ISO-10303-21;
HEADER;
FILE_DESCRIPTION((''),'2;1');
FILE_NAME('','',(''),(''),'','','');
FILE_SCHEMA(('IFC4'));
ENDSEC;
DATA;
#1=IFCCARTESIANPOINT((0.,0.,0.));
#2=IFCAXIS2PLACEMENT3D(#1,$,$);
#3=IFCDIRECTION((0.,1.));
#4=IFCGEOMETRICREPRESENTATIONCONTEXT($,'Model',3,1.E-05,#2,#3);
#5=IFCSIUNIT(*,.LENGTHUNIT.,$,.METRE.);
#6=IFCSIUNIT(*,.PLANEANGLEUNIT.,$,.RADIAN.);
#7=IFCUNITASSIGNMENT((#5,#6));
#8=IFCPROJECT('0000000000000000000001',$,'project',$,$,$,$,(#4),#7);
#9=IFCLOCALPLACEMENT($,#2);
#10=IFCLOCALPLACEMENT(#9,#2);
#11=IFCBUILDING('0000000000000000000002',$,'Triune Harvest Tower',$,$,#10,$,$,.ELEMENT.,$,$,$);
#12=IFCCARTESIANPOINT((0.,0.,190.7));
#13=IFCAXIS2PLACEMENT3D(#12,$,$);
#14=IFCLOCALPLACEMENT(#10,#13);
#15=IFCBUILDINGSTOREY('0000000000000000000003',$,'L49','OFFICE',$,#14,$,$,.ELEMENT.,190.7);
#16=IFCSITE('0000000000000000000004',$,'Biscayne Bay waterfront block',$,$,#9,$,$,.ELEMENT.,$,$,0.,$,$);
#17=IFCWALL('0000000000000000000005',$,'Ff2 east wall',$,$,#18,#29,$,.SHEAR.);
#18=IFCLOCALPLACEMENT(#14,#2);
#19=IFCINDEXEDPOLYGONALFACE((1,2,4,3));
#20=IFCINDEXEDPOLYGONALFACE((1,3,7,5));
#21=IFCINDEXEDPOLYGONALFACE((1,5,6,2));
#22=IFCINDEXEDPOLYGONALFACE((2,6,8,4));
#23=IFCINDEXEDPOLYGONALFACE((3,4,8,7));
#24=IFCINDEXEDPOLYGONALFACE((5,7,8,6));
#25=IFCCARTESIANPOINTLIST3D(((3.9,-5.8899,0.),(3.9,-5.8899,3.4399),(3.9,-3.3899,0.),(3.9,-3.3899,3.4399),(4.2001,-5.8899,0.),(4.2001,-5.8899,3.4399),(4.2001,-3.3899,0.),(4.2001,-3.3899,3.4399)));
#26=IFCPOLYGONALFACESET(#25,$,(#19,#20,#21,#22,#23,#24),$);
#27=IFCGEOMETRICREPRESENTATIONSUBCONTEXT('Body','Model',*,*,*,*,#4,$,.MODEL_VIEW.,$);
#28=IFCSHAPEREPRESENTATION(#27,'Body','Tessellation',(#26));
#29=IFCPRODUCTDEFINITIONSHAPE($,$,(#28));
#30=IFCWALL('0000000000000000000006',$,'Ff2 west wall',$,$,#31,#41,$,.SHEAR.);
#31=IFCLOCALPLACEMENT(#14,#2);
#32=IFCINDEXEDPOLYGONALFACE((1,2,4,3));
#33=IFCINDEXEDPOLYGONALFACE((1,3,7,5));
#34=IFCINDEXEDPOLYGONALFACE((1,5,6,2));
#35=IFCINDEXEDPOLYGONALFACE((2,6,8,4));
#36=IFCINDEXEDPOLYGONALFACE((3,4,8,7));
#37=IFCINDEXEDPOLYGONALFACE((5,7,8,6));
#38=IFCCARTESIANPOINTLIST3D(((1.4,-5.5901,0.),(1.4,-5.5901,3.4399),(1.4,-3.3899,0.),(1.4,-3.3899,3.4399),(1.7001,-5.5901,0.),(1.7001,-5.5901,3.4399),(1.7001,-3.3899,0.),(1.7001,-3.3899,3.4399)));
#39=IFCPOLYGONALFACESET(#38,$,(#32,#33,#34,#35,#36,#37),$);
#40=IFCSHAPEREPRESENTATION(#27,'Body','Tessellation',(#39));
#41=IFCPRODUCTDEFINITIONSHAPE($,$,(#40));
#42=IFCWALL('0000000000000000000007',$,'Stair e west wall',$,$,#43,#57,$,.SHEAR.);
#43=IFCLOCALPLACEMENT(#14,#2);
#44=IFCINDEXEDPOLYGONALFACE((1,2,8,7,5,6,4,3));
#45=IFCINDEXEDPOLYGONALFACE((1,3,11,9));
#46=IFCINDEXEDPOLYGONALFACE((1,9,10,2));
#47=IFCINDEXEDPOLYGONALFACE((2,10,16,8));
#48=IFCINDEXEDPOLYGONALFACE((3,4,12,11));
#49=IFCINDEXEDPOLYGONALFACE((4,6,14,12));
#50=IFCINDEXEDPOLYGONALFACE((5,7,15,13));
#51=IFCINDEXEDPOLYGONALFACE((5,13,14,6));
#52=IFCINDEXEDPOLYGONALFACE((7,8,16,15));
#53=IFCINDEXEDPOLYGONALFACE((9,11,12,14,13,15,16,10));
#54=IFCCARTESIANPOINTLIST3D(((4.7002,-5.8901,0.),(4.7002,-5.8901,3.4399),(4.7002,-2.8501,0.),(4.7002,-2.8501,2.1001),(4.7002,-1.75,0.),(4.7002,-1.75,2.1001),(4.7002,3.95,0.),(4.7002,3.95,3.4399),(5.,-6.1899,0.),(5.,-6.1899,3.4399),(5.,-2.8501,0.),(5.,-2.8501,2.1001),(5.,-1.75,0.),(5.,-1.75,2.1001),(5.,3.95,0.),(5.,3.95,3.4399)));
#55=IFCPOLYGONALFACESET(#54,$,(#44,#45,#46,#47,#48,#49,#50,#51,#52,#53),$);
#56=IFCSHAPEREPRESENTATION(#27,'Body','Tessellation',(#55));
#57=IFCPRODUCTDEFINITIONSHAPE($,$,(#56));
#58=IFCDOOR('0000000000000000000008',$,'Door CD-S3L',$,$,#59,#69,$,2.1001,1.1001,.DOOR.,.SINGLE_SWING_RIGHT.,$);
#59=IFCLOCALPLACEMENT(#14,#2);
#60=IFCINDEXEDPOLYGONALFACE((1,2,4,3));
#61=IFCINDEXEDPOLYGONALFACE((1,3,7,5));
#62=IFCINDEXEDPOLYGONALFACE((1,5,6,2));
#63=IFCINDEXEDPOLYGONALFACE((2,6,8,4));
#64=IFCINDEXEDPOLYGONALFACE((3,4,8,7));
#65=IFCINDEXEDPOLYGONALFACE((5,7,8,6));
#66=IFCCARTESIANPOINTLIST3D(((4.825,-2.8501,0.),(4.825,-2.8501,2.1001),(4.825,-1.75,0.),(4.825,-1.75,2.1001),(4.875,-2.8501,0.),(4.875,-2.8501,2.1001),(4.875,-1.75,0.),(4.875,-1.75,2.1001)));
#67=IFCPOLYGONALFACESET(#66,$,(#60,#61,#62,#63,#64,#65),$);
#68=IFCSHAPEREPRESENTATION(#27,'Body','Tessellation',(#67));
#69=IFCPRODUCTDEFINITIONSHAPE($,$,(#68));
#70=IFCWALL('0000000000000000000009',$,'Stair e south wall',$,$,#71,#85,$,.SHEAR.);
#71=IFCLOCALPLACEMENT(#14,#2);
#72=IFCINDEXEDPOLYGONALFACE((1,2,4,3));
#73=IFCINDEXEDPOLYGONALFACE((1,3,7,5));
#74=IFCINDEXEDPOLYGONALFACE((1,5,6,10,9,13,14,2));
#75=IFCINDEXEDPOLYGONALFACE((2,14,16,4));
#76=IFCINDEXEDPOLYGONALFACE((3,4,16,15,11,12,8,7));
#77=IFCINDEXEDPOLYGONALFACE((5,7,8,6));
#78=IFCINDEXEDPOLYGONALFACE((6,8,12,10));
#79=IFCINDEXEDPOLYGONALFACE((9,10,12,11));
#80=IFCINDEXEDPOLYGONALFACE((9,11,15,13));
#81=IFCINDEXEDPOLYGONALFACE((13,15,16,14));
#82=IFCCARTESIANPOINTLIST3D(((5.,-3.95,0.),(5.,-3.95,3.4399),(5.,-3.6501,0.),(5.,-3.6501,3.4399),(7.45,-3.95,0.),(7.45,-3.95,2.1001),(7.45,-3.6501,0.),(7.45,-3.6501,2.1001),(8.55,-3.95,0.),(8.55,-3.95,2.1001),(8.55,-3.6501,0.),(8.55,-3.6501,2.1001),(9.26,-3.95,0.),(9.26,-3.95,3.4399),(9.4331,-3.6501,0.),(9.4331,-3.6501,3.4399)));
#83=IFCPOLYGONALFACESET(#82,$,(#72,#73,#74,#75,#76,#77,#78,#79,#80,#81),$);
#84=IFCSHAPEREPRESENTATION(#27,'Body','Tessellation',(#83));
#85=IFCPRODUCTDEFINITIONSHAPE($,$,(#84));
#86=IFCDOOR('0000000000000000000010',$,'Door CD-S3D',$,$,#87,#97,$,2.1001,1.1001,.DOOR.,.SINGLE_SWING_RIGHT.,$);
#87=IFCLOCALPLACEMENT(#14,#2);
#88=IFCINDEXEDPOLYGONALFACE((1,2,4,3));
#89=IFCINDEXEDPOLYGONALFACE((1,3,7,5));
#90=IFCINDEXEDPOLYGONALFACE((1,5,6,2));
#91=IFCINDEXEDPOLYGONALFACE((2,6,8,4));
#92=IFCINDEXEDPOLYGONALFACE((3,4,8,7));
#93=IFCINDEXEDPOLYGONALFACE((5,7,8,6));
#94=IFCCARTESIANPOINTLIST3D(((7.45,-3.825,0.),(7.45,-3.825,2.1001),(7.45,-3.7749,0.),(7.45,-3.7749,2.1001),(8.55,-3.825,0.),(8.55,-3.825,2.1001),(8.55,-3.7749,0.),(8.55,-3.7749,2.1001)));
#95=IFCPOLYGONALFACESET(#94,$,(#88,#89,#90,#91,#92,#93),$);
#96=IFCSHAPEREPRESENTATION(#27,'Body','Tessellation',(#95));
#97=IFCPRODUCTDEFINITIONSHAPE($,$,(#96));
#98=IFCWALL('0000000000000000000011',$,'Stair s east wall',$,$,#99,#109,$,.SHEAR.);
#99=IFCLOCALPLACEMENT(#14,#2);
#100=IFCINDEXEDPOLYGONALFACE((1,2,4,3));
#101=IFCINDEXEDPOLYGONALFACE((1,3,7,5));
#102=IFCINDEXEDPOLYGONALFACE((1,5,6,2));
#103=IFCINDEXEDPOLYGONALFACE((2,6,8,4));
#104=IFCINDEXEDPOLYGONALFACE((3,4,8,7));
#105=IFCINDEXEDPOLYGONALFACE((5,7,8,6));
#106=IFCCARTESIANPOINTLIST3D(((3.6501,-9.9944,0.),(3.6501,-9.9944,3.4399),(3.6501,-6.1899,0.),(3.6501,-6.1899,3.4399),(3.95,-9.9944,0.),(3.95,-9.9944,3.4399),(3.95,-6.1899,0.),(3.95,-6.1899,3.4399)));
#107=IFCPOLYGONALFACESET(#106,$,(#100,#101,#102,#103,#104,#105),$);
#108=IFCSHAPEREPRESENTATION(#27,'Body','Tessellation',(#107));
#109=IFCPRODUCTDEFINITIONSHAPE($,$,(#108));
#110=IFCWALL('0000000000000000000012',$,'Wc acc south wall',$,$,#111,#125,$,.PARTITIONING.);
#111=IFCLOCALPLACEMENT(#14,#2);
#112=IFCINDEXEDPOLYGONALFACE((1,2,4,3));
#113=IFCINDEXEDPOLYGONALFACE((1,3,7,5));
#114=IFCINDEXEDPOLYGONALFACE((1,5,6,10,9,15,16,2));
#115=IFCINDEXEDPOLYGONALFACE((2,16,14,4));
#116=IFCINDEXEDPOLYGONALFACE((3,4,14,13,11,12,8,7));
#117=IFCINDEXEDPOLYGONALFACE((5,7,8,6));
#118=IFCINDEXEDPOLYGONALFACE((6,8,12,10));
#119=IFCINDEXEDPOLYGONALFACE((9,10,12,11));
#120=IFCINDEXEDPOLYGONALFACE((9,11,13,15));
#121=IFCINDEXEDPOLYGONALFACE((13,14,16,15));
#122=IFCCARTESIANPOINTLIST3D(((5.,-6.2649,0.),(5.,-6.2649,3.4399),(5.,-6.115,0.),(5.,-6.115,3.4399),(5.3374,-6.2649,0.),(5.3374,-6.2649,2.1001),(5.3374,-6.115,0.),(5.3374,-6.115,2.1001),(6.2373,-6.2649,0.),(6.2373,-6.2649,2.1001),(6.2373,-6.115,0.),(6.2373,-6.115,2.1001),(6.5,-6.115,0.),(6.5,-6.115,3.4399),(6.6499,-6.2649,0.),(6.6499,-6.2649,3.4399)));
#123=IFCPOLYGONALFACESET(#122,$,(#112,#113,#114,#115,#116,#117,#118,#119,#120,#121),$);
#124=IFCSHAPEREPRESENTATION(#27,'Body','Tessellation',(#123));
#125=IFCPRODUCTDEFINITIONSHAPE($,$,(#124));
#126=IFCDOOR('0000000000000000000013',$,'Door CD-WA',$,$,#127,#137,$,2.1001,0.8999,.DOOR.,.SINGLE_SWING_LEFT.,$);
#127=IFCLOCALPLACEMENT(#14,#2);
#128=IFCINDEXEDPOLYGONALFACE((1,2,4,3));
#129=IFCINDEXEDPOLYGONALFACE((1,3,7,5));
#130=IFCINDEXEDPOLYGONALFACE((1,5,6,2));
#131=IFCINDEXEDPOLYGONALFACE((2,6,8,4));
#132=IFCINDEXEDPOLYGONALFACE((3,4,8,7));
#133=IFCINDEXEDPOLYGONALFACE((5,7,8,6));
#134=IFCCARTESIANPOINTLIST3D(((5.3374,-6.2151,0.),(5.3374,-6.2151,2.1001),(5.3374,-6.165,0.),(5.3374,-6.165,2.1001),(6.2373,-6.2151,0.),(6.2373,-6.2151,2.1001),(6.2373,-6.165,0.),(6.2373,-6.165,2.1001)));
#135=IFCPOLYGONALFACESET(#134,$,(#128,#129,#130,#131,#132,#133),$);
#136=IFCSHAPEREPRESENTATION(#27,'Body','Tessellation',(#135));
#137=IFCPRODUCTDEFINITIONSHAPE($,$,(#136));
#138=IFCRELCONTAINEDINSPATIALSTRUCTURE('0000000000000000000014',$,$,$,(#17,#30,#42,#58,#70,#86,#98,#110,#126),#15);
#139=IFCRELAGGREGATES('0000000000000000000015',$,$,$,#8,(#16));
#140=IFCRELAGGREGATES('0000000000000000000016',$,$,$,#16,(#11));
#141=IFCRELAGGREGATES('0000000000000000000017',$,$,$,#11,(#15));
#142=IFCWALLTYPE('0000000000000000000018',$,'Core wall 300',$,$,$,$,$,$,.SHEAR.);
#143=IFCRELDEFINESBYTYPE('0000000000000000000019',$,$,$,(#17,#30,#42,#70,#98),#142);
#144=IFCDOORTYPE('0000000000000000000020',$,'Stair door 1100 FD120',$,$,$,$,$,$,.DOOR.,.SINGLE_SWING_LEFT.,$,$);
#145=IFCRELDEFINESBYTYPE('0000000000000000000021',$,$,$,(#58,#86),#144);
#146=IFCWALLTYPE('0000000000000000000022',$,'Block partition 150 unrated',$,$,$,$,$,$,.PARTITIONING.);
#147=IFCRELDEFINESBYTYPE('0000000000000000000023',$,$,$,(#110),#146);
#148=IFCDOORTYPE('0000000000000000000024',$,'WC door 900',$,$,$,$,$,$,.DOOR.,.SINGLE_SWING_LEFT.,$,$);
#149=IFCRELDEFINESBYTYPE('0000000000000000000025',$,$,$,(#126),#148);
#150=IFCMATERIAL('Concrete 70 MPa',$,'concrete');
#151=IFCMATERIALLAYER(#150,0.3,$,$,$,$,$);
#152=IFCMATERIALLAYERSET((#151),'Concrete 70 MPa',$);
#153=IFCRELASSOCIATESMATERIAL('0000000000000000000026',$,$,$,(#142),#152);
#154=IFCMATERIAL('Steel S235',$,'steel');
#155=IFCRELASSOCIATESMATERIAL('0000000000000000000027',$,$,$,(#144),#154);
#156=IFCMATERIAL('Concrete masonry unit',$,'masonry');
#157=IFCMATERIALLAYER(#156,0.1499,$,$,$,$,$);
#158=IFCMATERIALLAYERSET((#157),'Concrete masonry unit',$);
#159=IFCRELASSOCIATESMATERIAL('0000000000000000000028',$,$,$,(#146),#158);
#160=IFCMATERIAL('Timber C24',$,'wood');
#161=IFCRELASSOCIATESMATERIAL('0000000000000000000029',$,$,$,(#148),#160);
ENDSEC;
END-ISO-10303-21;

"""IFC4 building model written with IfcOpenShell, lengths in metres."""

from ifc_helpers import new_model, si_unit, direction, frame, frame_2d, origin, place, context, subcontext, project, spatial, polyline, rectangle, outline, extrude, source, transform, mapped, material, layer, layer_set, type_object, element, fill, save


model = new_model("IFC4")

# Units and contexts
model_context = context("Model", 3, precision=1e-05, world=origin(), true_north=direction((0.0, 1.0)))
body_context = subcontext(model_context, "Body", "Model", "MODEL_VIEW")
ifc_project = project(units=[si_unit("LENGTHUNIT", "METRE"), si_unit("PLANEANGLEUNIT", "RADIAN")], contexts=[model_context])

# Site, building, storey
site_placement = place(None, origin())
site = spatial("IfcSite", under=ifc_project, at=site_placement, Name="Biscayne Bay waterfront block", CompositionType="ELEMENT", RefElevation=0.0)
building_placement = place(site_placement, origin())
building = spatial("IfcBuilding", under=site, at=building_placement, Name="Triune Harvest Tower", CompositionType="ELEMENT")
storey_placement = place(building_placement, frame((0.0, 0.0, 190.7)))
storey = spatial("IfcBuildingStorey", under=building, at=storey_placement, Name="L49", Description="OFFICE", CompositionType="ELEMENT", Elevation=190.7)

# Walls
ifc_material_1 = material(Name="Concrete 70 MPa", Category="concrete")
ifc_layer_1 = layer(ifc_material_1, 0.3)
ifc_layer_set_1 = layer_set([ifc_layer_1], Name="Concrete 70 MPa")
wall_type_1 = type_object("IfcWallType", Name="Core wall 300", PredefinedType="SHEAR", material=ifc_layer_set_1)
shared_shape_1 = source(origin(), body_context, "Body", "SweptSolid", [
    extrude(rectangle(XDim=2.5, YDim=0.3, at=frame_2d((1.25, 0.0))), origin(), (0.0, 0.0, 1.0), 3.4399),
])
wall_1_placement = place(storey_placement, frame((4.05, -5.8899, 0.0), z_axis=(0.0, 0.0, 1.0), x_axis=(0.0, 1.0, 0.0)))
element("IfcWall", 1, at=wall_1_placement, inside=storey, type_object=wall_type_1, Name="Ff2 east wall", PredefinedType="SHEAR", context=body_context, shape_type="MappedRepresentation", body=[
    mapped(shared_shape_1, transform((0.0, 0.0, 0.0), scale=1.0)),
])
shared_shape_2 = source(origin(), body_context, "Body", "SweptSolid", [
    extrude(rectangle(XDim=2.2002, YDim=0.3, at=frame_2d((1.1001, 0.0))), origin(), (0.0, 0.0, 1.0), 3.4399),
])
wall_2_placement = place(storey_placement, frame((1.55, -5.5901, 0.0), z_axis=(0.0, 0.0, 1.0), x_axis=(0.0, 1.0, 0.0)))
element("IfcWall", 2, at=wall_2_placement, inside=storey, type_object=wall_type_1, Name="Ff2 west wall", PredefinedType="SHEAR", context=body_context, shape_type="MappedRepresentation", body=[
    mapped(shared_shape_2, transform((0.0, 0.0, 0.0), scale=1.0)),
])

# Walls, openings, doors
shared_shape_3 = source(origin(), body_context, "Body", "SweptSolid", [
    extrude(outline(polyline([(-0.1499, -0.1499), (9.99, -0.1499), (9.99, 0.1499), (0.1499, 0.1499), (-0.1499, -0.1499)])), origin(), (0.0, 0.0, 1.0), 3.4399),
])
wall_3_placement = place(storey_placement, frame((4.8501, -6.04, 0.0), z_axis=(0.0, 0.0, 1.0), x_axis=(0.0, 1.0, 0.0)))
wall_3 = element("IfcWall", 3, at=wall_3_placement, inside=storey, type_object=wall_type_1, Name="Stair e west wall", PredefinedType="SHEAR", context=body_context, shape_type="MappedRepresentation", body=[
    mapped(shared_shape_3, transform((0.0, 0.0, 0.0), scale=1.0)),
])
opening_1_placement = place(wall_3_placement, frame((3.1899, 0.0, 0.0)))
opening_1 = element("IfcOpeningElement", 4, at=opening_1_placement, cuts=wall_3, PredefinedType="OPENING", context=body_context, shape_type="SweptSolid", body=[
    extrude(rectangle(XDim=1.1001, YDim=2.1001, at=frame_2d((0.55, 1.05))), frame((0.0, 0.1602, 0.0), z_axis=(0.0, -1.0, 0.0), x_axis=(1.0, 0.0, 0.0)), (0.0, 0.0, 1.0), 0.3201),
])
ifc_material_2 = material(Name="Steel S235", Category="steel")
door_type_1 = type_object("IfcDoorType", Name="Stair door 1100 FD120", OperationType="SINGLE_SWING_LEFT", PredefinedType="DOOR", material=ifc_material_2)
door_1_placement = place(opening_1_placement, frame((1.1001, 0.0, 0.0), z_axis=(0.0, 0.0, 1.0), x_axis=(-1.0, 0.0, 0.0)))
door_1 = element("IfcDoor", 5, at=door_1_placement, inside=storey, type_object=door_type_1, Name="Door CD-S3L", OperationType="SINGLE_SWING_RIGHT", OverallHeight=2.1001, OverallWidth=1.1001, PredefinedType="DOOR", context=body_context, shape_type="SweptSolid", body=[
    extrude(rectangle(XDim=1.1001, YDim=2.1001, at=frame_2d((0.55, 1.05))), frame((0.0, 0.0249, 0.0), z_axis=(0.0, -1.0, 0.0), x_axis=(1.0, 0.0, 0.0)), (0.0, 0.0, 1.0), 0.05),
])
fill(opening_1, door_1)
shared_shape_4 = source(origin(), body_context, "Body", "SweptSolid", [
    extrude(outline(polyline([(0.0, -0.1499), (0.0, 0.1499), (4.4331, 0.1499), (4.26, -0.1499), (0.0, -0.1499)])), origin(), (0.0, 0.0, 1.0), 3.4399),
])
wall_4_placement = place(storey_placement, frame((5.0, -3.8, 0.0), z_axis=(0.0, 0.0, 1.0), x_axis=(1.0, 0.0, 0.0)))
wall_4 = element("IfcWall", 6, at=wall_4_placement, inside=storey, type_object=wall_type_1, Name="Stair e south wall", PredefinedType="SHEAR", context=body_context, shape_type="MappedRepresentation", body=[
    mapped(shared_shape_4, transform((0.0, 0.0, 0.0), scale=1.0)),
])
opening_2_placement = place(wall_4_placement, frame((2.45, 0.0, 0.0)))
opening_2 = element("IfcOpeningElement", 7, at=opening_2_placement, cuts=wall_4, PredefinedType="OPENING", context=body_context, shape_type="SweptSolid", body=[
    extrude(rectangle(XDim=1.1001, YDim=2.1001, at=frame_2d((0.55, 1.05))), frame((0.0, 0.1602, 0.0), z_axis=(0.0, -1.0, 0.0), x_axis=(1.0, 0.0, 0.0)), (0.0, 0.0, 1.0), 0.3201),
])
door_2_placement = place(opening_2_placement, frame((1.1001, 0.0, 0.0), z_axis=(0.0, 0.0, 1.0), x_axis=(-1.0, 0.0, 0.0)))
door_2 = element("IfcDoor", 8, at=door_2_placement, inside=storey, type_object=door_type_1, Name="Door CD-S3D", OperationType="SINGLE_SWING_RIGHT", OverallHeight=2.1001, OverallWidth=1.1001, PredefinedType="DOOR", context=body_context, shape_type="SweptSolid", body=[
    extrude(rectangle(XDim=1.1001, YDim=2.1001, at=frame_2d((0.55, 1.05))), frame((0.0, 0.0249, 0.0), z_axis=(0.0, -1.0, 0.0), x_axis=(1.0, 0.0, 0.0)), (0.0, 0.0, 1.0), 0.05),
])
fill(opening_2, door_2)

# Wall
shared_shape_5 = source(origin(), body_context, "Body", "SweptSolid", [
    extrude(outline(polyline([(3.8, -0.1499), (-0.0044, -0.1499), (-0.0044, 0.1499), (3.8, 0.1499), (3.8, -0.1499)])), origin(), (0.0, 0.0, 1.0), 3.4399),
])
wall_5_placement = place(storey_placement, frame((3.8, -9.99, 0.0), z_axis=(0.0, 0.0, 1.0), x_axis=(0.0, 1.0, 0.0)))
element("IfcWall", 9, at=wall_5_placement, inside=storey, type_object=wall_type_1, Name="Stair s east wall", PredefinedType="SHEAR", context=body_context, shape_type="MappedRepresentation", body=[
    mapped(shared_shape_5, transform((0.0, 0.0, 0.0), scale=1.0)),
])

# Wall, opening, door
ifc_material_3 = material(Name="Concrete masonry unit", Category="masonry")
ifc_layer_2 = layer(ifc_material_3, 0.1499)
ifc_layer_set_2 = layer_set([ifc_layer_2], Name="Concrete masonry unit")
wall_type_2 = type_object("IfcWallType", Name="Block partition 150 unrated", PredefinedType="PARTITIONING", material=ifc_layer_set_2)
shared_shape_6 = source(origin(), body_context, "Body", "SweptSolid", [
    extrude(outline(polyline([(0.0, -0.075), (1.6499, -0.075), (1.5, 0.075), (0.0, 0.075), (0.0, -0.075)])), origin(), (0.0, 0.0, 1.0), 3.4399),
])
wall_6_placement = place(storey_placement, frame((5.0, -6.1899, 0.0), z_axis=(0.0, 0.0, 1.0), x_axis=(1.0, 0.0, 0.0)))
wall_6 = element("IfcWall", 10, at=wall_6_placement, inside=storey, type_object=wall_type_2, Name="Wc acc south wall", PredefinedType="PARTITIONING", context=body_context, shape_type="MappedRepresentation", body=[
    mapped(shared_shape_6, transform((0.0, 0.0, 0.0), scale=1.0)),
])
opening_3_placement = place(wall_6_placement, frame((0.3374, 0.0, 0.0)))
opening_3 = element("IfcOpeningElement", 11, at=opening_3_placement, cuts=wall_6, PredefinedType="OPENING", context=body_context, shape_type="SweptSolid", body=[
    extrude(rectangle(XDim=0.8999, YDim=2.1001, at=frame_2d((0.45, 1.05))), frame((0.0, 0.085, 0.0), z_axis=(0.0, -1.0, 0.0), x_axis=(1.0, 0.0, 0.0)), (0.0, 0.0, 1.0), 0.1699),
])
ifc_material_4 = material(Name="Timber C24", Category="wood")
door_type_2 = type_object("IfcDoorType", Name="WC door 900", OperationType="SINGLE_SWING_LEFT", PredefinedType="DOOR", material=ifc_material_4)
door_3_placement = place(opening_3_placement, origin())
door_3 = element("IfcDoor", 12, at=door_3_placement, inside=storey, type_object=door_type_2, Name="Door CD-WA", OperationType="SINGLE_SWING_LEFT", OverallHeight=2.1001, OverallWidth=0.8999, PredefinedType="DOOR", context=body_context, shape_type="SweptSolid", body=[
    extrude(rectangle(XDim=0.8999, YDim=2.1001, at=frame_2d((0.45, 1.05))), frame((0.0, 0.0249, 0.0), z_axis=(0.0, -1.0, 0.0), x_axis=(1.0, 0.0, 0.0)), (0.0, 0.0, 1.0), 0.05),
])
fill(opening_3, door_3)

save(model, "model.ifc")
